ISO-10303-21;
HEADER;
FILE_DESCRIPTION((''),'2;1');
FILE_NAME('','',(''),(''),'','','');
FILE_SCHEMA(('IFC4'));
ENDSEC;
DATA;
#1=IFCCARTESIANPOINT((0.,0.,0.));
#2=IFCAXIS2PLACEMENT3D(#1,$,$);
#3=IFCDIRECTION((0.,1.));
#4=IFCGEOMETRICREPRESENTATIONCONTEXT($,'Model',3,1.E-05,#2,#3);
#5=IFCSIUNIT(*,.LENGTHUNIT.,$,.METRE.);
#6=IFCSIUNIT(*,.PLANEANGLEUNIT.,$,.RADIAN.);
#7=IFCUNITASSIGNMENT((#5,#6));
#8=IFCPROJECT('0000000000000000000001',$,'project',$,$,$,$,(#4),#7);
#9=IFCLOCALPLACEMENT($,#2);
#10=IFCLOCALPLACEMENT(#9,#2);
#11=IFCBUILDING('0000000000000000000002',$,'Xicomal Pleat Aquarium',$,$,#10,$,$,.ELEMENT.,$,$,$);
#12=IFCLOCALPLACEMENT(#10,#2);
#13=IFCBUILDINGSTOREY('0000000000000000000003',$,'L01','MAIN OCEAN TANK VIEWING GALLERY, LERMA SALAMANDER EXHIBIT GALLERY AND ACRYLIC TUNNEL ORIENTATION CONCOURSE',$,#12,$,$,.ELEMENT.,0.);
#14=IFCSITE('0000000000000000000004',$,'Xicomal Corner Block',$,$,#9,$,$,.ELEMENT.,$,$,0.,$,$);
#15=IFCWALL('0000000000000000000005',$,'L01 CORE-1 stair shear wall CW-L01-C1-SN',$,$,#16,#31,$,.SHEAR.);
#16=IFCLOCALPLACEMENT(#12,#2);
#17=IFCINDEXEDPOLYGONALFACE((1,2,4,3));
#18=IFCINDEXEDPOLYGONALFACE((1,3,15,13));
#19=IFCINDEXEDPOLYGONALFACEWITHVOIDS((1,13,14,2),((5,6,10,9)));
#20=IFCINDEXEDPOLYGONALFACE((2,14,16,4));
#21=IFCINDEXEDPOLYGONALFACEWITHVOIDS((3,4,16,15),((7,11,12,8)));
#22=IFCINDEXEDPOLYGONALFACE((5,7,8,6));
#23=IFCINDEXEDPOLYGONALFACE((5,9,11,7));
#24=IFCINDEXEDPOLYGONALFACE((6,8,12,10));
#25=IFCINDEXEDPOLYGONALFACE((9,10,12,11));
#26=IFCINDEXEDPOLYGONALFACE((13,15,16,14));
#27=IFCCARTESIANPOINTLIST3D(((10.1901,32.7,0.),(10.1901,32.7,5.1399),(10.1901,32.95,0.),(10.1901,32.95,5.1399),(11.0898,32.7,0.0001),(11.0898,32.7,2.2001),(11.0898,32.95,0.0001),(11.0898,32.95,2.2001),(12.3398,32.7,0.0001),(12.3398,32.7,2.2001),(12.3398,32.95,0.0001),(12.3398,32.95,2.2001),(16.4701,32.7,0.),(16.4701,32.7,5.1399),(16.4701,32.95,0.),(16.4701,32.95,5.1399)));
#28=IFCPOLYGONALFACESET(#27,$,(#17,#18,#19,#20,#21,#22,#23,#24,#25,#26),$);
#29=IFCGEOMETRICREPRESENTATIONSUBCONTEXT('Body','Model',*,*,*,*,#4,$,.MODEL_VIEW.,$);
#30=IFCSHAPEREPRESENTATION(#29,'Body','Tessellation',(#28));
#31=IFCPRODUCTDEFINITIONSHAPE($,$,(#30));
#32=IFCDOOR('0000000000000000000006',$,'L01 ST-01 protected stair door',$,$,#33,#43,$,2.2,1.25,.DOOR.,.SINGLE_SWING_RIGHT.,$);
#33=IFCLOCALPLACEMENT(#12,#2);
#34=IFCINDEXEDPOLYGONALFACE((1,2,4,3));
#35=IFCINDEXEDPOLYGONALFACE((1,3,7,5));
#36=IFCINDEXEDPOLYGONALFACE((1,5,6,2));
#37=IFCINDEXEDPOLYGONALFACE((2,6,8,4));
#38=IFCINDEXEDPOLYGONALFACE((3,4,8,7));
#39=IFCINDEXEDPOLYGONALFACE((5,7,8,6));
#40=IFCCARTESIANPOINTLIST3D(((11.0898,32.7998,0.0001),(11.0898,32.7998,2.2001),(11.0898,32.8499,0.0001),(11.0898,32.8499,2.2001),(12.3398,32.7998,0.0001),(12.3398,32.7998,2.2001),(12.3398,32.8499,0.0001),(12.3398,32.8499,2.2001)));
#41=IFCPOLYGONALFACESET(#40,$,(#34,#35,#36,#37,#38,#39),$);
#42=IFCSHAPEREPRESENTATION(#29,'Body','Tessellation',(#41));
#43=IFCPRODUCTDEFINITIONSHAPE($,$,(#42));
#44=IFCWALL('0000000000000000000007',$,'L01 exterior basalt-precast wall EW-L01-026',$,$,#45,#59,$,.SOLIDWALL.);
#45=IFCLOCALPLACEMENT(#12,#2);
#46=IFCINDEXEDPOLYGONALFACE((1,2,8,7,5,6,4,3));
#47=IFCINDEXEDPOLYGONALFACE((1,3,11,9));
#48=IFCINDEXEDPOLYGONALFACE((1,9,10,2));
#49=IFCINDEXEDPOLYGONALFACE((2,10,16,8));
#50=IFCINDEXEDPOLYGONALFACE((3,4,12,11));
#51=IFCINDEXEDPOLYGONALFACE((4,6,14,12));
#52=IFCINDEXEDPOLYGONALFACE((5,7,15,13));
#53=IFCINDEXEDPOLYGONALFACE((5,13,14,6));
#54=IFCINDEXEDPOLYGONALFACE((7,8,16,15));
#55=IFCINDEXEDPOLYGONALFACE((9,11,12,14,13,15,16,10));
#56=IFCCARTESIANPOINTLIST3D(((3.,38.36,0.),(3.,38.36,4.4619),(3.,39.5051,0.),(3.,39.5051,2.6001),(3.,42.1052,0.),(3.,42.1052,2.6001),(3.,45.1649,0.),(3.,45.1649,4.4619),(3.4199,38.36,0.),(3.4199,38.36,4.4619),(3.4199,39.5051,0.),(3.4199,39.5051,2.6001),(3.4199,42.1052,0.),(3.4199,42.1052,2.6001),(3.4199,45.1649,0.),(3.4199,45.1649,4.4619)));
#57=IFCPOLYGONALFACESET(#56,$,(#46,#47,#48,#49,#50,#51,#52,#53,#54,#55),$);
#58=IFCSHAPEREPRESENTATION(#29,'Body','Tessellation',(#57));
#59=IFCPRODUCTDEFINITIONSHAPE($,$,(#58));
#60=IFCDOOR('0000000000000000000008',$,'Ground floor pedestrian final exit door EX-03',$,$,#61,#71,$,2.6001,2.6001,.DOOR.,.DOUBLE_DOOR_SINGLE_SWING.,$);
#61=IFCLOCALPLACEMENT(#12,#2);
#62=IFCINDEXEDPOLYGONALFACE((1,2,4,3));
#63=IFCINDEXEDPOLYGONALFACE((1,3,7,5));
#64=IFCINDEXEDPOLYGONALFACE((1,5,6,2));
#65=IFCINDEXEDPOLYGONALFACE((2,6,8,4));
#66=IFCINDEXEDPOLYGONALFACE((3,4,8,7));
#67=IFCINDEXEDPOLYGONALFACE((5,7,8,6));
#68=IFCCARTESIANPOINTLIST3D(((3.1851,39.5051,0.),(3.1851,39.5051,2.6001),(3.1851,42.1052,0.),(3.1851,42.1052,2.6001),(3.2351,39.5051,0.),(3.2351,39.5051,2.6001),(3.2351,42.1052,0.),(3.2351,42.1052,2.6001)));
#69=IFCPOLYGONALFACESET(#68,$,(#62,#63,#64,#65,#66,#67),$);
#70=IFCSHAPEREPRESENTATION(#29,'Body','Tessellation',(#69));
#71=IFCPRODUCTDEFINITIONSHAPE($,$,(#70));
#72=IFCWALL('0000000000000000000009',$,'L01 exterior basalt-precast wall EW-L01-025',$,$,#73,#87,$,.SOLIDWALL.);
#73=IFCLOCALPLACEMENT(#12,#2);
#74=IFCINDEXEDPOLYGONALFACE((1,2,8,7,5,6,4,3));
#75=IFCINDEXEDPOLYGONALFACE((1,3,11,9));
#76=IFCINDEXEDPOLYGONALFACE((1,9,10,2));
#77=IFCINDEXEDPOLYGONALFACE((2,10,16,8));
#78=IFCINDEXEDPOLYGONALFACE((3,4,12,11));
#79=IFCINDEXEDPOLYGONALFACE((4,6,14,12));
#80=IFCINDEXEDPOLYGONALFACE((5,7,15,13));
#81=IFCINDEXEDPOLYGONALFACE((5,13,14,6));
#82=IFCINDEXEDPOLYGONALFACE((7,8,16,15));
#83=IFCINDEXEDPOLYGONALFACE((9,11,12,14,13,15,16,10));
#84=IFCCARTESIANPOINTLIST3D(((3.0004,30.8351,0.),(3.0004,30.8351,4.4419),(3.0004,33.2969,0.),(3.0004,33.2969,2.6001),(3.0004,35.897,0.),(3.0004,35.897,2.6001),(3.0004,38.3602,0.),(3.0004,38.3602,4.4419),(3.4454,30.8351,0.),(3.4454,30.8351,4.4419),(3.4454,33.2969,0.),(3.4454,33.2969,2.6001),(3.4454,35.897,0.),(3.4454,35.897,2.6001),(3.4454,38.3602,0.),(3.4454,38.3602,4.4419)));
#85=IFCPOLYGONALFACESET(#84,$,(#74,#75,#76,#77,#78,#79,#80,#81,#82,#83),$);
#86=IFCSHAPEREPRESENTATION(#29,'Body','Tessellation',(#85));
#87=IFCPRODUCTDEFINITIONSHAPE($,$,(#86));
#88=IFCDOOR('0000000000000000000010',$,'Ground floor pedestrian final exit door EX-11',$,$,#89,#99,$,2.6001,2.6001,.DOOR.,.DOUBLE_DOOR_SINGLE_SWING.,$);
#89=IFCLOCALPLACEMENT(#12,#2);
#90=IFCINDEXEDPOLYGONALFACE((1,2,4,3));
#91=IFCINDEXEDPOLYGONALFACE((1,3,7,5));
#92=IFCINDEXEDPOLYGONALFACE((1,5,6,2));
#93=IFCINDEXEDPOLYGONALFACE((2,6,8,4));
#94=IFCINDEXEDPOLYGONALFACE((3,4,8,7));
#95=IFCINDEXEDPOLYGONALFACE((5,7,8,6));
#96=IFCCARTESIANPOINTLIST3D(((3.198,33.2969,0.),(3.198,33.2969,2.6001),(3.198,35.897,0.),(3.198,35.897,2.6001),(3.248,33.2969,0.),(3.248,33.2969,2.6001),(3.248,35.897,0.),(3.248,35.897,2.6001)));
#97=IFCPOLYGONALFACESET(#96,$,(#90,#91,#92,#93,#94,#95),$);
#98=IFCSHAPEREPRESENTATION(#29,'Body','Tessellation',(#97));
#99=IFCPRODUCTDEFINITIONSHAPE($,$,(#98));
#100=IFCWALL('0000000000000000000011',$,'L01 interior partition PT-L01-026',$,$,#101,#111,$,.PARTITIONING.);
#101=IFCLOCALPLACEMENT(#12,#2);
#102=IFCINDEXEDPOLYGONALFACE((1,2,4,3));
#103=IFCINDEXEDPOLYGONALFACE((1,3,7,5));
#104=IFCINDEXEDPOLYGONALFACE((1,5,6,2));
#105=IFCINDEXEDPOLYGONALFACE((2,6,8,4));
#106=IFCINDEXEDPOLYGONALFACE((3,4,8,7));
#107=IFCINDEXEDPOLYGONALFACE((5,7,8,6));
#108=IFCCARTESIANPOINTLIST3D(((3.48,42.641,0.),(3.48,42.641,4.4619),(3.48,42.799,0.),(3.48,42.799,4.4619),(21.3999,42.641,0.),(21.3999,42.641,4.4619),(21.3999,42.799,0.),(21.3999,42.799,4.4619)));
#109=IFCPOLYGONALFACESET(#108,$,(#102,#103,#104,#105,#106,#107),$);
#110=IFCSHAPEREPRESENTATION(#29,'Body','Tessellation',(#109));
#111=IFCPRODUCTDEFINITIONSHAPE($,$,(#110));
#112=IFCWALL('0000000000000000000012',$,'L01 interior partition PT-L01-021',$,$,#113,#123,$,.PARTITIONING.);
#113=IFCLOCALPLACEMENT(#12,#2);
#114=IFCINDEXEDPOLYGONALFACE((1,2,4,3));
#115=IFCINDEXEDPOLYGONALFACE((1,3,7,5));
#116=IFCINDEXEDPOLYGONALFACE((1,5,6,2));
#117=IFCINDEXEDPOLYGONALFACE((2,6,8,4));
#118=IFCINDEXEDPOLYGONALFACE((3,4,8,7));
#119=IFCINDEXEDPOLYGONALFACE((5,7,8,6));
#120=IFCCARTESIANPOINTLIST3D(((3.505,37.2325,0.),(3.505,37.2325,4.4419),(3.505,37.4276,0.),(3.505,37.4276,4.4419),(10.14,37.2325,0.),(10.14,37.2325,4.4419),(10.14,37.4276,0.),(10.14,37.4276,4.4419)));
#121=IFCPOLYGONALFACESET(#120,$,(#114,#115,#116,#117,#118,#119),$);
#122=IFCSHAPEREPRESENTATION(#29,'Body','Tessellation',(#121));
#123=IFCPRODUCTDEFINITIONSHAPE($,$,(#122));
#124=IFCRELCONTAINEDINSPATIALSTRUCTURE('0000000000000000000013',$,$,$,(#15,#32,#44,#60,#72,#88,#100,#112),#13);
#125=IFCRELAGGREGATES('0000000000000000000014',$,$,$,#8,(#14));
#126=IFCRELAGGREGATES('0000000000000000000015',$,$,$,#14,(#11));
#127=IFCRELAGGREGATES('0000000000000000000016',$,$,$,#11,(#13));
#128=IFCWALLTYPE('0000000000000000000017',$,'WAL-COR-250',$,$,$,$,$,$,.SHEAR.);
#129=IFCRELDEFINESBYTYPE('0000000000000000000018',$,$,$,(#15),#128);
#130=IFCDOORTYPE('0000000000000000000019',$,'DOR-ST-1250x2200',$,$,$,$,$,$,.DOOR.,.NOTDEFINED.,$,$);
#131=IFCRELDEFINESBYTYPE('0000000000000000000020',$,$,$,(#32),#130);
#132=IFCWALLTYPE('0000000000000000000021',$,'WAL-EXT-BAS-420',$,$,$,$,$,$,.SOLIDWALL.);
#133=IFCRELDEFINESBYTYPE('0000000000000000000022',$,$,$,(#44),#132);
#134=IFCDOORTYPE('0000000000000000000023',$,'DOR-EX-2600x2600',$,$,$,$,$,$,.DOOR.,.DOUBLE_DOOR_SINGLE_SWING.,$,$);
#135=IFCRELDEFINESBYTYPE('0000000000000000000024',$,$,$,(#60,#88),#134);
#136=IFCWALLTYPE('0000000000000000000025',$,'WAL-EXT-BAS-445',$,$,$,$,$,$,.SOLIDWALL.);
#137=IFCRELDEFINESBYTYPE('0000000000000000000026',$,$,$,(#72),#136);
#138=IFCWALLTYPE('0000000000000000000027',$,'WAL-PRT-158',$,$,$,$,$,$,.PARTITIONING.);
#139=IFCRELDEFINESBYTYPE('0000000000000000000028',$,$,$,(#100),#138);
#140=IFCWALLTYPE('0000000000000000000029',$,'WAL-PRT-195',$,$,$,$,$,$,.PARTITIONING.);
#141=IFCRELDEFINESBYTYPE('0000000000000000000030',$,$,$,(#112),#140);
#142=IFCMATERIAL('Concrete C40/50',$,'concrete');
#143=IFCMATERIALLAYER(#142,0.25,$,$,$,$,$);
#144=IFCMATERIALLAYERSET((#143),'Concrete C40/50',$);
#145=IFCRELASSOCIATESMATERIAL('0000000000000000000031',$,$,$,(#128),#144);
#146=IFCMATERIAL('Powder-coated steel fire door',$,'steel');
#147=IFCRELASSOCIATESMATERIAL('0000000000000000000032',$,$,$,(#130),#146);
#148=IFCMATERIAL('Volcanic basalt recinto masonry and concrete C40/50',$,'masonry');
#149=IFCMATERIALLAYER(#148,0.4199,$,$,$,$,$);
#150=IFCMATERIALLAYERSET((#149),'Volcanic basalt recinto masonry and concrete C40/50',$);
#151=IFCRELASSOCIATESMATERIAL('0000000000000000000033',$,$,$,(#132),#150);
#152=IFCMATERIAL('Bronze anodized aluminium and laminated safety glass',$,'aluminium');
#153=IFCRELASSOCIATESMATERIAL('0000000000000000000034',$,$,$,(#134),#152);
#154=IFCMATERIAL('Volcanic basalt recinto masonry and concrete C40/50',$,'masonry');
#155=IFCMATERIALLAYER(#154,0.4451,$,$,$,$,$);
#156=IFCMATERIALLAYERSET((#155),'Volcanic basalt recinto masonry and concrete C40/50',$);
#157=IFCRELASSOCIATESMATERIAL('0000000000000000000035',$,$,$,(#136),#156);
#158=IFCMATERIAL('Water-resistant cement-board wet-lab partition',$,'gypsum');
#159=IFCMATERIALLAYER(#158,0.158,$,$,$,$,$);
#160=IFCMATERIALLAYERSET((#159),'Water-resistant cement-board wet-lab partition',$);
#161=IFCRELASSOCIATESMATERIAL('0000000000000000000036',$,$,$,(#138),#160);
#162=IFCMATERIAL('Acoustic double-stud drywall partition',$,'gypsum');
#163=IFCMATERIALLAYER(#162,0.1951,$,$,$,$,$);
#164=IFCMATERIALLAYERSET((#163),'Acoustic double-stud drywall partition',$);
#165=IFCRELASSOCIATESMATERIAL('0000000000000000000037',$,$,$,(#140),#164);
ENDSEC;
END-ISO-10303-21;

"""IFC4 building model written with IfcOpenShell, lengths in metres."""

from ifc_helpers import new_model, si_unit, direction, frame, frame_2d, origin, place, context, subcontext, project, spatial, rectangle, extrude, material, layer, layer_set, type_object, element, fill, save


model = new_model("IFC4")

# Units and contexts
model_context = context("Model", 3, precision=1e-05, world=origin(), true_north=direction((0.0, 1.0)))
body_context = subcontext(model_context, "Body", "Model", "MODEL_VIEW")
ifc_project = project(units=[si_unit("LENGTHUNIT", "METRE"), si_unit("PLANEANGLEUNIT", "RADIAN")], contexts=[model_context])

# Site, building, storey
site_placement = place(None, origin())
site = spatial("IfcSite", under=ifc_project, at=site_placement, Name="Xicomal Corner Block", CompositionType="ELEMENT", RefElevation=0.0)
building_placement = place(site_placement, origin())
building = spatial("IfcBuilding", under=site, at=building_placement, Name="Xicomal Pleat Aquarium", CompositionType="ELEMENT")
storey_placement = place(building_placement, origin())
storey = spatial("IfcBuildingStorey", under=building, at=storey_placement, Name="L01", Description="MAIN OCEAN TANK VIEWING GALLERY, LERMA SALAMANDER EXHIBIT GALLERY AND ACRYLIC TUNNEL ORIENTATION CONCOURSE", CompositionType="ELEMENT", Elevation=0.0)

# Walls, openings, doors
ifc_material_1 = material(Name="Concrete C40/50", Category="concrete")
ifc_layer_1 = layer(ifc_material_1, 0.25)
ifc_layer_set_1 = layer_set([ifc_layer_1], Name="Concrete C40/50")
wall_type_1 = type_object("IfcWallType", Name="WAL-COR-250", PredefinedType="SHEAR", material=ifc_layer_set_1)
wall_1_placement = place(storey_placement, frame((10.1899, 32.825, 0.0), z_axis=(0.0, 0.0, 1.0), x_axis=(1.0, 0.0, 0.0)))
wall_1 = element("IfcWall", 1, at=wall_1_placement, inside=storey, type_object=wall_type_1, Name="L01 CORE-1 stair shear wall CW-L01-C1-SN", PredefinedType="SHEAR", context=body_context, shape_type="SweptSolid", body=[
    extrude(rectangle(XDim=6.28, YDim=0.25, at=frame_2d((3.1401, 0.0))), origin(), (0.0, 0.0, 1.0), 5.1399),
])
opening_1_placement = place(wall_1_placement, frame((0.8999, 0.0, 0.0)))
opening_1 = element("IfcOpeningElement", 2, at=opening_1_placement, cuts=wall_1, PredefinedType="OPENING", context=body_context, shape_type="SweptSolid", body=[
    extrude(rectangle(XDim=1.25, YDim=2.2, at=frame_2d((0.625, 1.1001))), frame((0.0, 0.135, 0.0), z_axis=(0.0, -1.0, 0.0), x_axis=(1.0, 0.0, 0.0)), (0.0, 0.0, 1.0), 0.27),
])
ifc_material_2 = material(Name="Powder-coated steel fire door", Category="steel")
door_type_1 = type_object("IfcDoorType", Name="DOR-ST-1250x2200", OperationType="NOTDEFINED", PredefinedType="DOOR", material=ifc_material_2)
door_1_placement = place(opening_1_placement, origin())
door_1 = element("IfcDoor", 3, at=door_1_placement, inside=storey, type_object=door_type_1, Name="L01 ST-01 protected stair door", OperationType="SINGLE_SWING_RIGHT", OverallHeight=2.2, OverallWidth=1.25, PredefinedType="DOOR", context=body_context, shape_type="SweptSolid", body=[
    extrude(rectangle(XDim=1.25, YDim=2.2, at=frame_2d((0.625, 1.1001))), frame((0.0, 0.0249, 0.0), z_axis=(0.0, -1.0, 0.0), x_axis=(1.0, 0.0, 0.0)), (0.0, 0.0, 1.0), 0.05),
])
fill(opening_1, door_1)
ifc_material_3 = material(Name="Volcanic basalt recinto masonry and concrete C40/50", Category="masonry")
ifc_layer_2 = layer(ifc_material_3, 0.4199)
ifc_layer_set_2 = layer_set([ifc_layer_2], Name="Volcanic basalt recinto masonry and concrete C40/50")
wall_type_2 = type_object("IfcWallType", Name="WAL-EXT-BAS-420", PredefinedType="SOLIDWALL", material=ifc_layer_set_2)
wall_2_placement = place(storey_placement, frame((3.21, 38.3601, 0.0), z_axis=(0.0, 0.0, 1.0), x_axis=(0.0, 1.0, 0.0)))
wall_2 = element("IfcWall", 4, at=wall_2_placement, inside=storey, type_object=wall_type_2, Name="L01 exterior basalt-precast wall EW-L01-026", PredefinedType="SOLIDWALL", context=body_context, shape_type="SweptSolid", body=[
    extrude(rectangle(XDim=6.8049, YDim=0.4199, at=frame_2d((3.4023, 0.0))), origin(), (0.0, 0.0, 1.0), 4.4619),
])
opening_2_placement = place(wall_2_placement, frame((1.145, 0.0, 0.0)))
opening_2 = element("IfcOpeningElement", 5, at=opening_2_placement, cuts=wall_2, PredefinedType="OPENING", context=body_context, shape_type="SweptSolid", body=[
    extrude(rectangle(XDim=2.6001, YDim=2.6001, at=frame_2d((1.3, 1.3))), frame((0.0, 0.22, 0.0), z_axis=(0.0, -1.0, 0.0), x_axis=(1.0, 0.0, 0.0)), (0.0, 0.0, 1.0), 0.4399),
])
ifc_material_4 = material(Name="Bronze anodized aluminium and laminated safety glass", Category="aluminium")
door_type_2 = type_object("IfcDoorType", Name="DOR-EX-2600x2600", OperationType="DOUBLE_DOOR_SINGLE_SWING", PredefinedType="DOOR", material=ifc_material_4)
door_2_placement = place(opening_2_placement, origin())
door_2 = element("IfcDoor", 6, at=door_2_placement, inside=storey, type_object=door_type_2, Name="Ground floor pedestrian final exit door EX-03", OperationType="DOUBLE_DOOR_SINGLE_SWING", OverallHeight=2.6001, OverallWidth=2.6001, PredefinedType="DOOR", context=body_context, shape_type="SweptSolid", body=[
    extrude(rectangle(XDim=2.6001, YDim=2.6001, at=frame_2d((1.3, 1.3))), frame((0.0, 0.0249, 0.0), z_axis=(0.0, -1.0, 0.0), x_axis=(1.0, 0.0, 0.0)), (0.0, 0.0, 1.0), 0.05),
])
fill(opening_2, door_2)
ifc_material_5 = material(Name="Volcanic basalt recinto masonry and concrete C40/50", Category="masonry")
ifc_layer_3 = layer(ifc_material_5, 0.4451)
ifc_layer_set_3 = layer_set([ifc_layer_3], Name="Volcanic basalt recinto masonry and concrete C40/50")
wall_type_3 = type_object("IfcWallType", Name="WAL-EXT-BAS-445", PredefinedType="SOLIDWALL", material=ifc_layer_set_3)
wall_3_placement = place(storey_placement, frame((3.2229, 30.835, 0.0), z_axis=(0.0, 0.0, 1.0), x_axis=(0.0, 1.0, 0.0)))
wall_3 = element("IfcWall", 7, at=wall_3_placement, inside=storey, type_object=wall_type_3, Name="L01 exterior basalt-precast wall EW-L01-025", PredefinedType="SOLIDWALL", context=body_context, shape_type="SweptSolid", body=[
    extrude(rectangle(XDim=7.5251, YDim=0.4451, at=frame_2d((3.7627, 0.0))), origin(), (0.0, 0.0, 1.0), 4.4419),
])
opening_3_placement = place(wall_3_placement, frame((2.4619, 0.0, 0.0)))
opening_3 = element("IfcOpeningElement", 8, at=opening_3_placement, cuts=wall_3, PredefinedType="OPENING", context=body_context, shape_type="SweptSolid", body=[
    extrude(rectangle(XDim=2.6001, YDim=2.6001, at=frame_2d((1.3, 1.3))), frame((0.0, 0.2324, 0.0), z_axis=(0.0, -1.0, 0.0), x_axis=(1.0, 0.0, 0.0)), (0.0, 0.0, 1.0), 0.4651),
])
door_3_placement = place(opening_3_placement, origin())
door_3 = element("IfcDoor", 9, at=door_3_placement, inside=storey, type_object=door_type_2, Name="Ground floor pedestrian final exit door EX-11", OperationType="DOUBLE_DOOR_SINGLE_SWING", OverallHeight=2.6001, OverallWidth=2.6001, PredefinedType="DOOR", context=body_context, shape_type="SweptSolid", body=[
    extrude(rectangle(XDim=2.6001, YDim=2.6001, at=frame_2d((1.3, 1.3))), frame((0.0, 0.0249, 0.0), z_axis=(0.0, -1.0, 0.0), x_axis=(1.0, 0.0, 0.0)), (0.0, 0.0, 1.0), 0.05),
])
fill(opening_3, door_3)

# Walls
ifc_material_6 = material(Name="Water-resistant cement-board wet-lab partition", Category="gypsum")
ifc_layer_4 = layer(ifc_material_6, 0.158)
ifc_layer_set_4 = layer_set([ifc_layer_4], Name="Water-resistant cement-board wet-lab partition")
wall_type_4 = type_object("IfcWallType", Name="WAL-PRT-158", PredefinedType="PARTITIONING", material=ifc_layer_set_4)
wall_4_placement = place(storey_placement, frame((3.48, 42.72, 0.0), z_axis=(0.0, 0.0, 1.0), x_axis=(1.0, 0.0, 0.0)))
element("IfcWall", 10, at=wall_4_placement, inside=storey, type_object=wall_type_4, Name="L01 interior partition PT-L01-026", PredefinedType="PARTITIONING", context=body_context, shape_type="SweptSolid", body=[
    extrude(rectangle(XDim=17.9199, YDim=0.158, at=frame_2d((8.96, 0.0))), origin(), (0.0, 0.0, 1.0), 4.4619),
])
ifc_material_7 = material(Name="Acoustic double-stud drywall partition", Category="gypsum")
ifc_layer_5 = layer(ifc_material_7, 0.1951)
ifc_layer_set_5 = layer_set([ifc_layer_5], Name="Acoustic double-stud drywall partition")
wall_type_5 = type_object("IfcWallType", Name="WAL-PRT-195", PredefinedType="PARTITIONING", material=ifc_layer_set_5)
wall_5_placement = place(storey_placement, frame((10.1399, 37.3301, 0.0), z_axis=(0.0, 0.0, 1.0), x_axis=(-1.0, 0.0, 0.0)))
element("IfcWall", 11, at=wall_5_placement, inside=storey, type_object=wall_type_5, Name="L01 interior partition PT-L01-021", PredefinedType="PARTITIONING", context=body_context, shape_type="SweptSolid", body=[
    extrude(rectangle(XDim=6.635, YDim=0.1951, at=frame_2d((3.3174, 0.0))), origin(), (0.0, 0.0, 1.0), 4.4419),
])

save(model, "model.ifc")
